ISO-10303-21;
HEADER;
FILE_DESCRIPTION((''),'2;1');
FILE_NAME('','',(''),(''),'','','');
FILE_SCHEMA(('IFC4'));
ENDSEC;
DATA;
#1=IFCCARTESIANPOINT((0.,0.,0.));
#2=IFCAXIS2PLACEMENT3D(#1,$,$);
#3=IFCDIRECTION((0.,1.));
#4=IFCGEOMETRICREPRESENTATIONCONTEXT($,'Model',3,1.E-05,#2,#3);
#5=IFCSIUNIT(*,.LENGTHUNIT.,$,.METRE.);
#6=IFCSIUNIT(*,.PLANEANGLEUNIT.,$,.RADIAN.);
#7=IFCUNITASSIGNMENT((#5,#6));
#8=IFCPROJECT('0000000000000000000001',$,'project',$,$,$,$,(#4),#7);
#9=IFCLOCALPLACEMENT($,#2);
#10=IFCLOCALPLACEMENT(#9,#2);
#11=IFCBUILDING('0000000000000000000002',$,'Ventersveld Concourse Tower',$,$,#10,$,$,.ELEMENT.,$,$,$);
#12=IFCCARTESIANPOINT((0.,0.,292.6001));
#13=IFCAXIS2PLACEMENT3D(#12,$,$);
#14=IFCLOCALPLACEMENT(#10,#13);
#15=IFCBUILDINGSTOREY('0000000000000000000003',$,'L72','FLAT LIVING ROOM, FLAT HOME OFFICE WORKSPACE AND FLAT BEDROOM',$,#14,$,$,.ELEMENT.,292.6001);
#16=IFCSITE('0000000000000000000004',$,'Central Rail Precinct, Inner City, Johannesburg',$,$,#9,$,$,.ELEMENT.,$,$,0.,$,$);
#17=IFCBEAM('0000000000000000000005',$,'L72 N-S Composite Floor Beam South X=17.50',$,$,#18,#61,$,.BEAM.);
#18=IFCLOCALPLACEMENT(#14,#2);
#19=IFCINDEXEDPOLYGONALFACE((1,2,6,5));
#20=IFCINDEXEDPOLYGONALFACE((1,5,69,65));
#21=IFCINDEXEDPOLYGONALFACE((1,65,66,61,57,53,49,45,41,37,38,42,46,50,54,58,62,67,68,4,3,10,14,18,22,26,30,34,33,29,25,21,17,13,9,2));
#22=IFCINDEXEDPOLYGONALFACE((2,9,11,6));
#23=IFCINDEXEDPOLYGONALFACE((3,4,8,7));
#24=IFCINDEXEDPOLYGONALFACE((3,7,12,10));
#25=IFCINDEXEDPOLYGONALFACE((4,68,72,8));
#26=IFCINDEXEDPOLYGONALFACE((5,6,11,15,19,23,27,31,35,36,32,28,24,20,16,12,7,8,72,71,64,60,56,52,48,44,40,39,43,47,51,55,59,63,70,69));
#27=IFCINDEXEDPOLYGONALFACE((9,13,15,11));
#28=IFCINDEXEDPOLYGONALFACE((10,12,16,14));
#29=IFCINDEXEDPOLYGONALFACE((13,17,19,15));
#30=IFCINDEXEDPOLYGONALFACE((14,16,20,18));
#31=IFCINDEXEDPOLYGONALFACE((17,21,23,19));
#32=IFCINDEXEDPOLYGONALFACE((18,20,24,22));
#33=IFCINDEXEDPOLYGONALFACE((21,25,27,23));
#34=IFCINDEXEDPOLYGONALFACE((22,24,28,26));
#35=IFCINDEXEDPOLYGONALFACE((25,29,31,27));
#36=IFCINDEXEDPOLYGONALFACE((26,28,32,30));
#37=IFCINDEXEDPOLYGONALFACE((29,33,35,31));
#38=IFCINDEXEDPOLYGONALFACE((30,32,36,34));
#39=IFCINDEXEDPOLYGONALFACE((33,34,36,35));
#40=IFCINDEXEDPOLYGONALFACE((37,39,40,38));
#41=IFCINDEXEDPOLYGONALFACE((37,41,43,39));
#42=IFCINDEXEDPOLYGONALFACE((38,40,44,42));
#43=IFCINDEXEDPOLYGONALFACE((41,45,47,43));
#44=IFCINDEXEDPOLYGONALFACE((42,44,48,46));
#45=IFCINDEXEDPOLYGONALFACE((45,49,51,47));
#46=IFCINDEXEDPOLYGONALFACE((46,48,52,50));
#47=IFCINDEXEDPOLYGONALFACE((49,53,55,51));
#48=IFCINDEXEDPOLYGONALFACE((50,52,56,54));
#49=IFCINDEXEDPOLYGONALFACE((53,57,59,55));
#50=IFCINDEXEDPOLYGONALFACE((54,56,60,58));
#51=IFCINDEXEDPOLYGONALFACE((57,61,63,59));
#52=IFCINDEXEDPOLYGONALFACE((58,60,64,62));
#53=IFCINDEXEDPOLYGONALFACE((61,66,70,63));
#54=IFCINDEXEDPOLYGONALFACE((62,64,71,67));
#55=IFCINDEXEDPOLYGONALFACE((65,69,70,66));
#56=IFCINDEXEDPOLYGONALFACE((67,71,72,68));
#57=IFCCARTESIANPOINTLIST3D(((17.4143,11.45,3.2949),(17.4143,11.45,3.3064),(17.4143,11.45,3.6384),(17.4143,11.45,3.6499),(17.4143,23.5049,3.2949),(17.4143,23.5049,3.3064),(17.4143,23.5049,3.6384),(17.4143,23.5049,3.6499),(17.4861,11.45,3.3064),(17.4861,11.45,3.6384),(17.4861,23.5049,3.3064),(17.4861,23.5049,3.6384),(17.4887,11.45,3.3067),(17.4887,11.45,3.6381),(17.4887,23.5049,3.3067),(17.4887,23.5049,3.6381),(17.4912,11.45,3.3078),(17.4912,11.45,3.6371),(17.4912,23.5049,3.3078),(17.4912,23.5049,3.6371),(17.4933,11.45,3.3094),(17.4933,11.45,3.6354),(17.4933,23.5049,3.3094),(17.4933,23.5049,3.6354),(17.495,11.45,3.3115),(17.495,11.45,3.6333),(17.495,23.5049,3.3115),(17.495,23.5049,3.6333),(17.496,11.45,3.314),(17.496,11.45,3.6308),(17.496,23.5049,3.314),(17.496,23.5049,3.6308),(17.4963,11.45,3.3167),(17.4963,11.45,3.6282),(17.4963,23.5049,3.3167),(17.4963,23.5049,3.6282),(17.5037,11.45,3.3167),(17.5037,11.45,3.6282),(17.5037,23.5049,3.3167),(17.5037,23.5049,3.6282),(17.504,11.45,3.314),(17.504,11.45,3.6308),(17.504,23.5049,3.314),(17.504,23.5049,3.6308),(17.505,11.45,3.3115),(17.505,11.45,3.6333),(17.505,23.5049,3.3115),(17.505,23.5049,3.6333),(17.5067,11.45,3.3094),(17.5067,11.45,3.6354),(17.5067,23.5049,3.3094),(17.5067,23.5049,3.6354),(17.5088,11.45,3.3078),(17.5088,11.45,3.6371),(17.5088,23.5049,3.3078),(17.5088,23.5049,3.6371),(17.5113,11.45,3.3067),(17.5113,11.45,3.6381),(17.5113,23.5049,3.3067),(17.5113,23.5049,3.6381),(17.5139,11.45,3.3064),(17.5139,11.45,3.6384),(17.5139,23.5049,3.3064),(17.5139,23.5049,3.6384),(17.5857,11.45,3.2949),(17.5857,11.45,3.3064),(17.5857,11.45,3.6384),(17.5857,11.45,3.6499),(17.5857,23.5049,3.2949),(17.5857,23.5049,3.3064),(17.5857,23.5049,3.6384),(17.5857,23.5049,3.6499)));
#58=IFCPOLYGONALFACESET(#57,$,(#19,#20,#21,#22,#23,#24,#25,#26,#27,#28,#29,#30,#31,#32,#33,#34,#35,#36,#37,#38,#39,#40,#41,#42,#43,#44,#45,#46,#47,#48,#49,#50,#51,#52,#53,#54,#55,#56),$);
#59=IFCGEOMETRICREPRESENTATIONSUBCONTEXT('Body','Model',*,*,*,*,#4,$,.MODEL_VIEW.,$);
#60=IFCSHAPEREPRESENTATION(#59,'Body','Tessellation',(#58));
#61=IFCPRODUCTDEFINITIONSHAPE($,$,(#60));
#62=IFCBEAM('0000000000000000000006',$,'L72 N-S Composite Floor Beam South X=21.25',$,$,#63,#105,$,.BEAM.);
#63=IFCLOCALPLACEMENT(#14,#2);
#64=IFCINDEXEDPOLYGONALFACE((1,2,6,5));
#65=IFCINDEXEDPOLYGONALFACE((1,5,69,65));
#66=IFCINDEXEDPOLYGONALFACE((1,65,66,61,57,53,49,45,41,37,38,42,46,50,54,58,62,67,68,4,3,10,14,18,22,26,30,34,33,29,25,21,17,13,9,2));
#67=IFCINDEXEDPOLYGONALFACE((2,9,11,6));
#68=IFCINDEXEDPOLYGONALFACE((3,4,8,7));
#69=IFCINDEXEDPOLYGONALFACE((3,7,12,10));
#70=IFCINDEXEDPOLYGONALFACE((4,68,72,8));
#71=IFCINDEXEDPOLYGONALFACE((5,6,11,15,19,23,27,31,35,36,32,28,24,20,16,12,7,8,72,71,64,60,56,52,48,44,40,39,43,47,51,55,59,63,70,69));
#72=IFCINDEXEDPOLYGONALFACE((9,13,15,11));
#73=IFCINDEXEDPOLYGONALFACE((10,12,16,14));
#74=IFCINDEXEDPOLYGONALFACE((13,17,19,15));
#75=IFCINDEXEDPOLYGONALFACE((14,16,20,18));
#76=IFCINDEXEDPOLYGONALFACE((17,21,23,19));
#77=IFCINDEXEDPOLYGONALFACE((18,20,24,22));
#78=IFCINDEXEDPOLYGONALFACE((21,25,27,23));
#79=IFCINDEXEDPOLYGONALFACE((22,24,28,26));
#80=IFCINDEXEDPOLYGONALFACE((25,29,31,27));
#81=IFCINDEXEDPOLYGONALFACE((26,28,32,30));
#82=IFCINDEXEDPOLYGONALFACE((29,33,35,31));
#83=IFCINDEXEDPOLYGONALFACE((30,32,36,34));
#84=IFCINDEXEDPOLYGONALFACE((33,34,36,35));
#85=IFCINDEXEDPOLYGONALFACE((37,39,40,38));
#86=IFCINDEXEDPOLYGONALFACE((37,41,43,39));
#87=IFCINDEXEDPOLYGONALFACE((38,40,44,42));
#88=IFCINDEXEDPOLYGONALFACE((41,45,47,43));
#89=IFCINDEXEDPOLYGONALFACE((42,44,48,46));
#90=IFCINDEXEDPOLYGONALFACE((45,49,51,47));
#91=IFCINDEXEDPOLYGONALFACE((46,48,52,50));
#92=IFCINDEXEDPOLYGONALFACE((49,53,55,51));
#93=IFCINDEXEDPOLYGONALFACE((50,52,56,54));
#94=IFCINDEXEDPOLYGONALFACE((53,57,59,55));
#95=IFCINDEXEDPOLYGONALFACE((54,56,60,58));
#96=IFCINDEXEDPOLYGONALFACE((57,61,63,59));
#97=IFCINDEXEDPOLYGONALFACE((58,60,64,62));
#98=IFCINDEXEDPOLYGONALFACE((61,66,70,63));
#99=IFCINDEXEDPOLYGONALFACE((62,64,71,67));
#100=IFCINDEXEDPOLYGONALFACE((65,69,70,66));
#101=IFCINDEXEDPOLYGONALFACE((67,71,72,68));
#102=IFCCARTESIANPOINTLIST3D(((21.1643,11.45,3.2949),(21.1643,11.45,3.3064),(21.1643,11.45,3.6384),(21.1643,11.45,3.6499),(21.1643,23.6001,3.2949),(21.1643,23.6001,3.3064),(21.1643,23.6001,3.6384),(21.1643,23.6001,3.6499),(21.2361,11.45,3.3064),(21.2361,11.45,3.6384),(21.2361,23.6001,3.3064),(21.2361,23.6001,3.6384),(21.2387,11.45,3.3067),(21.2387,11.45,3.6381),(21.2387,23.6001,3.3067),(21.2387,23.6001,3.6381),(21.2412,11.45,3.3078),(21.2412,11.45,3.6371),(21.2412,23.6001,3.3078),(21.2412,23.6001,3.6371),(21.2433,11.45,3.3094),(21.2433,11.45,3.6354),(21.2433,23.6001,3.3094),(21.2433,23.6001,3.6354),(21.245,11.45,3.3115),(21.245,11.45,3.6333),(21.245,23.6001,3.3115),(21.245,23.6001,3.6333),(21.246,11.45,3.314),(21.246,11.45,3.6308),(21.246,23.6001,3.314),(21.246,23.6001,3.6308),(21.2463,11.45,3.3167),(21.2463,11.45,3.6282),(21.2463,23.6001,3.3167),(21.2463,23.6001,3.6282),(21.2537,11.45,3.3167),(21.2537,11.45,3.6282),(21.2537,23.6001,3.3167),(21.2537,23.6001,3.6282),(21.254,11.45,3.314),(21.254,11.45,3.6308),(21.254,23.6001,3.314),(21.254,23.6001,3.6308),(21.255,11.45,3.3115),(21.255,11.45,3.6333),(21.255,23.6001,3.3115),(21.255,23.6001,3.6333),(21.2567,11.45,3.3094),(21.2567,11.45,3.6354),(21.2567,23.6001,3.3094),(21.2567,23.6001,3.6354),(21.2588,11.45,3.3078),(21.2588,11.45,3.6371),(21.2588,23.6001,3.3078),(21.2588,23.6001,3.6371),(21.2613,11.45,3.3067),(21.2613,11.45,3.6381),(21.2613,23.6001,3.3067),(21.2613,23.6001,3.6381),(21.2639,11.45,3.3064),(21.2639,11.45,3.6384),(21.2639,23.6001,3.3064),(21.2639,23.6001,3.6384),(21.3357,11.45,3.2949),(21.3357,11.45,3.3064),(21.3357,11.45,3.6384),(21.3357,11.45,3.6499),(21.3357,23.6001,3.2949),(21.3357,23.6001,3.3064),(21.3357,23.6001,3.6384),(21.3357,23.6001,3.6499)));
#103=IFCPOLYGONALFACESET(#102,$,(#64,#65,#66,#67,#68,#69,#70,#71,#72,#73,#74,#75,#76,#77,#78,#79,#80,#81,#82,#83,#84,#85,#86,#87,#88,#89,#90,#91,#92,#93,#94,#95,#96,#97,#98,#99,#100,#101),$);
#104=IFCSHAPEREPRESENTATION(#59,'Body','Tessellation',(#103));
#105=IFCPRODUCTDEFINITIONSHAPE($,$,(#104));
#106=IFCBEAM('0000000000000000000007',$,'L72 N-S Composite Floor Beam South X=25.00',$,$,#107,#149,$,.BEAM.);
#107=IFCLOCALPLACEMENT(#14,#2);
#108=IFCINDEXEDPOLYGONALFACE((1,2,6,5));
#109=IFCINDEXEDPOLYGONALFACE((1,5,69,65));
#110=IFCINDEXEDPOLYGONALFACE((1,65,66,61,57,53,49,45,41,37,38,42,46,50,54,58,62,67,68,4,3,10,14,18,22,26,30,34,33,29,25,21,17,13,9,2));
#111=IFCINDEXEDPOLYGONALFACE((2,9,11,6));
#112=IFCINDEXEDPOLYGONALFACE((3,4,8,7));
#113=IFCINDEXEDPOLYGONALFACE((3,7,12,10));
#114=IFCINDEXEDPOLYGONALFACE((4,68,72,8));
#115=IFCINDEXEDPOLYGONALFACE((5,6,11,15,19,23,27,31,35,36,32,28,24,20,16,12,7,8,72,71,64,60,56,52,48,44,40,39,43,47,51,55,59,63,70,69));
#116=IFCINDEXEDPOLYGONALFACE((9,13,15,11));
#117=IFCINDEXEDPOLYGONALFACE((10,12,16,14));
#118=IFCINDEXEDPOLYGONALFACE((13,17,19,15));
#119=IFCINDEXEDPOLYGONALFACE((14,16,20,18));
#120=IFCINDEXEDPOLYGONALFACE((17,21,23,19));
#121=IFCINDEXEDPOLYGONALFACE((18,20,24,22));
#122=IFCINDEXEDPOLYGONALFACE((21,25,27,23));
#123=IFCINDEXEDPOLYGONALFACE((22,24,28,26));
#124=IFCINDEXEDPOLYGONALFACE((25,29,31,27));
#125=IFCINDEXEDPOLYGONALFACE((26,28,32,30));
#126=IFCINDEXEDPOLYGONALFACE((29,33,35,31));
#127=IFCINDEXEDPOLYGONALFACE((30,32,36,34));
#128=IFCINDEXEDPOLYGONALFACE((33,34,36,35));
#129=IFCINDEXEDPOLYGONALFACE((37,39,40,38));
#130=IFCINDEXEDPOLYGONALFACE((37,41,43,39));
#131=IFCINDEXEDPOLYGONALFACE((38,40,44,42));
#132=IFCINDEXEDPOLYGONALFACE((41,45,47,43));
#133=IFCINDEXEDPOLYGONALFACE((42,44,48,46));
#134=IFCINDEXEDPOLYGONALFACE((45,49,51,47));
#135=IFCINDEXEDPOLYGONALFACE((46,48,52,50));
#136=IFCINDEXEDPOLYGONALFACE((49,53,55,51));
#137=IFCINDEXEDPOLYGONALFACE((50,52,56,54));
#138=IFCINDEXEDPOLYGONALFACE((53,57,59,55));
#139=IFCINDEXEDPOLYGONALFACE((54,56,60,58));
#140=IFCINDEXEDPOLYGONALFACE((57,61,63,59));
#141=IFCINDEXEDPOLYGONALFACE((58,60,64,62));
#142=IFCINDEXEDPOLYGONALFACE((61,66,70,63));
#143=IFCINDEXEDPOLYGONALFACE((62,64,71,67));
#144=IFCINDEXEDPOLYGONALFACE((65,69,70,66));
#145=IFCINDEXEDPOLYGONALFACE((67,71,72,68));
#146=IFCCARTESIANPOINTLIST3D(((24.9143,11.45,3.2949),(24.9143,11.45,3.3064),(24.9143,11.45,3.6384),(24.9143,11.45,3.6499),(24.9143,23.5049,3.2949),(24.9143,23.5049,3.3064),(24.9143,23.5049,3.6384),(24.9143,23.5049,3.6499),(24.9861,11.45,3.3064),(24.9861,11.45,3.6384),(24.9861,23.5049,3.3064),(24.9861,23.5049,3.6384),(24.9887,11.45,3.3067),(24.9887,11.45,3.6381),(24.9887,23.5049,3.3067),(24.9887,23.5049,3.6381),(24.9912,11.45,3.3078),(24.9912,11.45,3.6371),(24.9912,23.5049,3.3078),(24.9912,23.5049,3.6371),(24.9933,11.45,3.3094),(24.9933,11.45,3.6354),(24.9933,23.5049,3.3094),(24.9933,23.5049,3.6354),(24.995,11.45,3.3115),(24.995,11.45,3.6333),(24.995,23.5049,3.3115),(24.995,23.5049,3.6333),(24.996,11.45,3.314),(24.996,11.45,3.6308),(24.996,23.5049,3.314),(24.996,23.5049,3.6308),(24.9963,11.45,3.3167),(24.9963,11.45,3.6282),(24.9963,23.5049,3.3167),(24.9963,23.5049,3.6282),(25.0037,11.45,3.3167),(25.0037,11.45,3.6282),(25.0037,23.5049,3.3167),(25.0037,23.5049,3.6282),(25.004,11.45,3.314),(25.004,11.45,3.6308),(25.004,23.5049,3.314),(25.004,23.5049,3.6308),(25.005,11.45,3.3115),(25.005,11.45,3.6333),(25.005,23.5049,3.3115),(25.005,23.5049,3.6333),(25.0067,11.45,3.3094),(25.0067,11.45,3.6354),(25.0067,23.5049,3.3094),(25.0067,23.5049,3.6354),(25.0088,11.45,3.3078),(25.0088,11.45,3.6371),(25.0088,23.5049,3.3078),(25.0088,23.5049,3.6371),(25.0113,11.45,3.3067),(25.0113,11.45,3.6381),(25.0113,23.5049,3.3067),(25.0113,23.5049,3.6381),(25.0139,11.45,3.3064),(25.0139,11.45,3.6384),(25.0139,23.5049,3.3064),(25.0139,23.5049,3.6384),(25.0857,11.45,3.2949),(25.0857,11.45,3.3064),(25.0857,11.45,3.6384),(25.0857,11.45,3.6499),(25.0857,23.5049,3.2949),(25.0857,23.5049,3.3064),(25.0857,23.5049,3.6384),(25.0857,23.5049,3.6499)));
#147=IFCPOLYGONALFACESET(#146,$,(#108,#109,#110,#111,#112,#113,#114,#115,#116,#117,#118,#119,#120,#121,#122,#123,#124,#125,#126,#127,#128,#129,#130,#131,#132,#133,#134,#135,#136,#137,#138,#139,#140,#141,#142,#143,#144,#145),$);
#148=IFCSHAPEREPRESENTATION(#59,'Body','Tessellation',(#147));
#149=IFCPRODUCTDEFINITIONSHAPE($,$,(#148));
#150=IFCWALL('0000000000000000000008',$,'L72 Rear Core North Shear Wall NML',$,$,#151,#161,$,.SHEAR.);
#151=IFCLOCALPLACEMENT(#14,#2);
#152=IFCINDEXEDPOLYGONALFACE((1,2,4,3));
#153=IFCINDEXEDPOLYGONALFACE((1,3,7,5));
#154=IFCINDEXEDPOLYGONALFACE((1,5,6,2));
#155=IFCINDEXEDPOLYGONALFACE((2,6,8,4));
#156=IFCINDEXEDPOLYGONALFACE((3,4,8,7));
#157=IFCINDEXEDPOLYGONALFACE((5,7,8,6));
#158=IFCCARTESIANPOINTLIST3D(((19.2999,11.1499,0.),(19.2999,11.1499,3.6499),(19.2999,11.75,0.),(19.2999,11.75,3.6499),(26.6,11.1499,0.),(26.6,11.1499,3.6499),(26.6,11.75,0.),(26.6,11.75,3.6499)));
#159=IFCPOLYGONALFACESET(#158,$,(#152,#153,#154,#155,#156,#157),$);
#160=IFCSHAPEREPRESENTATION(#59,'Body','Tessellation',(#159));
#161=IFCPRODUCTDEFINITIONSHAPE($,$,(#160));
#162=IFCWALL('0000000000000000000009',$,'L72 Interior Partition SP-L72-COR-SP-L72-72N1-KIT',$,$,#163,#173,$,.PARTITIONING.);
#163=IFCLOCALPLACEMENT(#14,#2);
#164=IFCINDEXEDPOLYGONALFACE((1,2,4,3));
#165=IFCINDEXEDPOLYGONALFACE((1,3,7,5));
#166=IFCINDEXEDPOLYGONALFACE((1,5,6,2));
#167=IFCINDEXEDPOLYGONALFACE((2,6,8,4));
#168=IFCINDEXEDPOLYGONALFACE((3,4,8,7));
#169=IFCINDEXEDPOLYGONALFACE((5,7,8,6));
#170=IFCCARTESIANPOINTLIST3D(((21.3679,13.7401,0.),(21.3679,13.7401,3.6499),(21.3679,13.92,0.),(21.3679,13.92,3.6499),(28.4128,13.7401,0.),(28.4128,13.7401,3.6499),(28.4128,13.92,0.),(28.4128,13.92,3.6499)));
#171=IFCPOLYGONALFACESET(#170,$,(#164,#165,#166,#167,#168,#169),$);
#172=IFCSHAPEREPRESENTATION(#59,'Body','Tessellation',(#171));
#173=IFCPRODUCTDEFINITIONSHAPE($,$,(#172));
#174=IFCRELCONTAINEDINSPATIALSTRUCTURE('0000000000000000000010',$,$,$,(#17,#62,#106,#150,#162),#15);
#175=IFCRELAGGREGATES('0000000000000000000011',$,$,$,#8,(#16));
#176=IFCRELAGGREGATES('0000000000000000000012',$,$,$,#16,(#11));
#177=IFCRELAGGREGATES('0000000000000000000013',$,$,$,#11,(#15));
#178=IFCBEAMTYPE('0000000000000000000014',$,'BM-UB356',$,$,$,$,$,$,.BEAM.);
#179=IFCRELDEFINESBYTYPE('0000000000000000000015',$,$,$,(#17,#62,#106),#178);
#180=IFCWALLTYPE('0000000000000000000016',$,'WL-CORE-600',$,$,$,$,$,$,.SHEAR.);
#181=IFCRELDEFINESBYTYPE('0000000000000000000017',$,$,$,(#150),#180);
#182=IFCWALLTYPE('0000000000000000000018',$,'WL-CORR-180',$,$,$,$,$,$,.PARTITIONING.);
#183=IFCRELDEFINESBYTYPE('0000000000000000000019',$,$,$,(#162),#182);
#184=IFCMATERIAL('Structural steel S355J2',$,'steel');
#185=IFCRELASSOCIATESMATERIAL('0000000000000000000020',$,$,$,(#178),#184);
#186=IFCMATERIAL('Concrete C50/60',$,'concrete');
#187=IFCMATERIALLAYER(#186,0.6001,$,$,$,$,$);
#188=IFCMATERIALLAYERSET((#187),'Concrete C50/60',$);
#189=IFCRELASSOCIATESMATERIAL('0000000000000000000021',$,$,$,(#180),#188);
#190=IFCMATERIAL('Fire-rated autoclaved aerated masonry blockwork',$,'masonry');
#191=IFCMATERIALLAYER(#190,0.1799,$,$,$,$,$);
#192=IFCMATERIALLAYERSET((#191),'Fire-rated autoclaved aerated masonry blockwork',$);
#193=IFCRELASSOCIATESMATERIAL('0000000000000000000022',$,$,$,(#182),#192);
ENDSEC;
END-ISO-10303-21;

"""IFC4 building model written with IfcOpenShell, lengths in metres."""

from ifc_helpers import new_model, si_unit, direction, frame, frame_2d, origin, origin_2d, place, context, subcontext, project, spatial, rectangle, i_section, extrude, material, layer, layer_set, material_profile, profile_set, type_object, element, save


model = new_model("IFC4")

# Units and contexts
model_context = context("Model", 3, precision=1e-05, world=origin(), true_north=direction((0.0, 1.0)))
body_context = subcontext(model_context, "Body", "Model", "MODEL_VIEW")
ifc_project = project(units=[si_unit("LENGTHUNIT", "METRE"), si_unit("PLANEANGLEUNIT", "RADIAN")], contexts=[model_context])

# Site, building, storey
site_placement = place(None, origin())
site = spatial("IfcSite", under=ifc_project, at=site_placement, Name="Central Rail Precinct, Inner City, Johannesburg", CompositionType="ELEMENT", RefElevation=0.0)
building_placement = place(site_placement, origin())
building = spatial("IfcBuilding", under=site, at=building_placement, Name="Ventersveld Concourse Tower", CompositionType="ELEMENT")
storey_placement = place(building_placement, frame((0.0, 0.0, 292.6001)))
storey = spatial("IfcBuildingStorey", under=building, at=storey_placement, Name="L72", Description="FLAT LIVING ROOM, FLAT HOME OFFICE WORKSPACE AND FLAT BEDROOM", CompositionType="ELEMENT", Elevation=292.6001)

# Beams
ifc_material_1 = material(Name="Structural steel S355J2", Category="steel")
ifc_material_profile = material_profile(ifc_material_1, i_section(OverallWidth=0.1714, OverallDepth=0.355, WebThickness=0.0073, FlangeThickness=0.0115, FilletRadius=0.0103, at=origin_2d()), Name="UB 356x171x51")
ifc_profile_set = profile_set([ifc_material_profile], Name="Structural steel S355J2")
beam_type = type_object("IfcBeamType", Name="BM-UB356", PredefinedType="BEAM", material=ifc_profile_set)
beam_1_placement = place(storey_placement, frame((17.5, 11.45, 3.4724), z_axis=(0.0, 1.0, 0.0), x_axis=(-1.0, 0.0, 0.0)))
element("IfcBeam", 1, at=beam_1_placement, inside=storey, type_object=beam_type, Name="L72 N-S Composite Floor Beam South X=17.50", PredefinedType="BEAM", context=body_context, shape_type="SweptSolid", body=[
    extrude(i_section(OverallWidth=0.1714, OverallDepth=0.355, WebThickness=0.0073, FlangeThickness=0.0115, FilletRadius=0.0103, at=origin_2d()), origin(), (0.0, 0.0, 1.0), 12.0549),
])
beam_2_placement = place(storey_placement, frame((21.25, 11.45, 3.4724), z_axis=(0.0, 1.0, 0.0), x_axis=(-1.0, 0.0, 0.0)))
element("IfcBeam", 2, at=beam_2_placement, inside=storey, type_object=beam_type, Name="L72 N-S Composite Floor Beam South X=21.25", PredefinedType="BEAM", context=body_context, shape_type="SweptSolid", body=[
    extrude(i_section(OverallWidth=0.1714, OverallDepth=0.355, WebThickness=0.0073, FlangeThickness=0.0115, FilletRadius=0.0103, at=origin_2d()), origin(), (0.0, 0.0, 1.0), 12.1501),
])
beam_3_placement = place(storey_placement, frame((25.0, 11.45, 3.4724), z_axis=(0.0, 1.0, 0.0), x_axis=(-1.0, 0.0, 0.0)))
element("IfcBeam", 3, at=beam_3_placement, inside=storey, type_object=beam_type, Name="L72 N-S Composite Floor Beam South X=25.00", PredefinedType="BEAM", context=body_context, shape_type="SweptSolid", body=[
    extrude(i_section(OverallWidth=0.1714, OverallDepth=0.355, WebThickness=0.0073, FlangeThickness=0.0115, FilletRadius=0.0103, at=origin_2d()), origin(), (0.0, 0.0, 1.0), 12.0549),
])

# Walls
ifc_material_2 = material(Name="Concrete C50/60", Category="concrete")
ifc_layer_1 = layer(ifc_material_2, 0.6001)
ifc_layer_set_1 = layer_set([ifc_layer_1], Name="Concrete C50/60")
wall_type_1 = type_object("IfcWallType", Name="WL-CORE-600", PredefinedType="SHEAR", material=ifc_layer_set_1)
wall_1_placement = place(storey_placement, frame((19.3, 11.45, 0.0), z_axis=(0.0, 0.0, 1.0), x_axis=(1.0, 0.0, 0.0)))
element("IfcWall", 4, at=wall_1_placement, inside=storey, type_object=wall_type_1, Name="L72 Rear Core North Shear Wall NML", PredefinedType="SHEAR", context=body_context, shape_type="SweptSolid", body=[
    extrude(rectangle(XDim=7.3, YDim=0.6001, at=frame_2d((3.6499, 0.0))), origin(), (0.0, 0.0, 1.0), 3.6499),
])
ifc_material_3 = material(Name="Fire-rated autoclaved aerated masonry blockwork", Category="masonry")
ifc_layer_2 = layer(ifc_material_3, 0.1799)
ifc_layer_set_2 = layer_set([ifc_layer_2], Name="Fire-rated autoclaved aerated masonry blockwork")
wall_type_2 = type_object("IfcWallType", Name="WL-CORR-180", PredefinedType="PARTITIONING", material=ifc_layer_set_2)
wall_2_placement = place(storey_placement, frame((21.3679, 13.8301, 0.0), z_axis=(0.0, 0.0, 1.0), x_axis=(1.0, 0.0, 0.0)))
element("IfcWall", 5, at=wall_2_placement, inside=storey, type_object=wall_type_2, Name="L72 Interior Partition SP-L72-COR-SP-L72-72N1-KIT", PredefinedType="PARTITIONING", context=body_context, shape_type="SweptSolid", body=[
    extrude(rectangle(XDim=7.0449, YDim=0.1799, at=frame_2d((3.5225, 0.0))), origin(), (0.0, 0.0, 1.0), 3.6499),
])

save(model, "model.ifc")
